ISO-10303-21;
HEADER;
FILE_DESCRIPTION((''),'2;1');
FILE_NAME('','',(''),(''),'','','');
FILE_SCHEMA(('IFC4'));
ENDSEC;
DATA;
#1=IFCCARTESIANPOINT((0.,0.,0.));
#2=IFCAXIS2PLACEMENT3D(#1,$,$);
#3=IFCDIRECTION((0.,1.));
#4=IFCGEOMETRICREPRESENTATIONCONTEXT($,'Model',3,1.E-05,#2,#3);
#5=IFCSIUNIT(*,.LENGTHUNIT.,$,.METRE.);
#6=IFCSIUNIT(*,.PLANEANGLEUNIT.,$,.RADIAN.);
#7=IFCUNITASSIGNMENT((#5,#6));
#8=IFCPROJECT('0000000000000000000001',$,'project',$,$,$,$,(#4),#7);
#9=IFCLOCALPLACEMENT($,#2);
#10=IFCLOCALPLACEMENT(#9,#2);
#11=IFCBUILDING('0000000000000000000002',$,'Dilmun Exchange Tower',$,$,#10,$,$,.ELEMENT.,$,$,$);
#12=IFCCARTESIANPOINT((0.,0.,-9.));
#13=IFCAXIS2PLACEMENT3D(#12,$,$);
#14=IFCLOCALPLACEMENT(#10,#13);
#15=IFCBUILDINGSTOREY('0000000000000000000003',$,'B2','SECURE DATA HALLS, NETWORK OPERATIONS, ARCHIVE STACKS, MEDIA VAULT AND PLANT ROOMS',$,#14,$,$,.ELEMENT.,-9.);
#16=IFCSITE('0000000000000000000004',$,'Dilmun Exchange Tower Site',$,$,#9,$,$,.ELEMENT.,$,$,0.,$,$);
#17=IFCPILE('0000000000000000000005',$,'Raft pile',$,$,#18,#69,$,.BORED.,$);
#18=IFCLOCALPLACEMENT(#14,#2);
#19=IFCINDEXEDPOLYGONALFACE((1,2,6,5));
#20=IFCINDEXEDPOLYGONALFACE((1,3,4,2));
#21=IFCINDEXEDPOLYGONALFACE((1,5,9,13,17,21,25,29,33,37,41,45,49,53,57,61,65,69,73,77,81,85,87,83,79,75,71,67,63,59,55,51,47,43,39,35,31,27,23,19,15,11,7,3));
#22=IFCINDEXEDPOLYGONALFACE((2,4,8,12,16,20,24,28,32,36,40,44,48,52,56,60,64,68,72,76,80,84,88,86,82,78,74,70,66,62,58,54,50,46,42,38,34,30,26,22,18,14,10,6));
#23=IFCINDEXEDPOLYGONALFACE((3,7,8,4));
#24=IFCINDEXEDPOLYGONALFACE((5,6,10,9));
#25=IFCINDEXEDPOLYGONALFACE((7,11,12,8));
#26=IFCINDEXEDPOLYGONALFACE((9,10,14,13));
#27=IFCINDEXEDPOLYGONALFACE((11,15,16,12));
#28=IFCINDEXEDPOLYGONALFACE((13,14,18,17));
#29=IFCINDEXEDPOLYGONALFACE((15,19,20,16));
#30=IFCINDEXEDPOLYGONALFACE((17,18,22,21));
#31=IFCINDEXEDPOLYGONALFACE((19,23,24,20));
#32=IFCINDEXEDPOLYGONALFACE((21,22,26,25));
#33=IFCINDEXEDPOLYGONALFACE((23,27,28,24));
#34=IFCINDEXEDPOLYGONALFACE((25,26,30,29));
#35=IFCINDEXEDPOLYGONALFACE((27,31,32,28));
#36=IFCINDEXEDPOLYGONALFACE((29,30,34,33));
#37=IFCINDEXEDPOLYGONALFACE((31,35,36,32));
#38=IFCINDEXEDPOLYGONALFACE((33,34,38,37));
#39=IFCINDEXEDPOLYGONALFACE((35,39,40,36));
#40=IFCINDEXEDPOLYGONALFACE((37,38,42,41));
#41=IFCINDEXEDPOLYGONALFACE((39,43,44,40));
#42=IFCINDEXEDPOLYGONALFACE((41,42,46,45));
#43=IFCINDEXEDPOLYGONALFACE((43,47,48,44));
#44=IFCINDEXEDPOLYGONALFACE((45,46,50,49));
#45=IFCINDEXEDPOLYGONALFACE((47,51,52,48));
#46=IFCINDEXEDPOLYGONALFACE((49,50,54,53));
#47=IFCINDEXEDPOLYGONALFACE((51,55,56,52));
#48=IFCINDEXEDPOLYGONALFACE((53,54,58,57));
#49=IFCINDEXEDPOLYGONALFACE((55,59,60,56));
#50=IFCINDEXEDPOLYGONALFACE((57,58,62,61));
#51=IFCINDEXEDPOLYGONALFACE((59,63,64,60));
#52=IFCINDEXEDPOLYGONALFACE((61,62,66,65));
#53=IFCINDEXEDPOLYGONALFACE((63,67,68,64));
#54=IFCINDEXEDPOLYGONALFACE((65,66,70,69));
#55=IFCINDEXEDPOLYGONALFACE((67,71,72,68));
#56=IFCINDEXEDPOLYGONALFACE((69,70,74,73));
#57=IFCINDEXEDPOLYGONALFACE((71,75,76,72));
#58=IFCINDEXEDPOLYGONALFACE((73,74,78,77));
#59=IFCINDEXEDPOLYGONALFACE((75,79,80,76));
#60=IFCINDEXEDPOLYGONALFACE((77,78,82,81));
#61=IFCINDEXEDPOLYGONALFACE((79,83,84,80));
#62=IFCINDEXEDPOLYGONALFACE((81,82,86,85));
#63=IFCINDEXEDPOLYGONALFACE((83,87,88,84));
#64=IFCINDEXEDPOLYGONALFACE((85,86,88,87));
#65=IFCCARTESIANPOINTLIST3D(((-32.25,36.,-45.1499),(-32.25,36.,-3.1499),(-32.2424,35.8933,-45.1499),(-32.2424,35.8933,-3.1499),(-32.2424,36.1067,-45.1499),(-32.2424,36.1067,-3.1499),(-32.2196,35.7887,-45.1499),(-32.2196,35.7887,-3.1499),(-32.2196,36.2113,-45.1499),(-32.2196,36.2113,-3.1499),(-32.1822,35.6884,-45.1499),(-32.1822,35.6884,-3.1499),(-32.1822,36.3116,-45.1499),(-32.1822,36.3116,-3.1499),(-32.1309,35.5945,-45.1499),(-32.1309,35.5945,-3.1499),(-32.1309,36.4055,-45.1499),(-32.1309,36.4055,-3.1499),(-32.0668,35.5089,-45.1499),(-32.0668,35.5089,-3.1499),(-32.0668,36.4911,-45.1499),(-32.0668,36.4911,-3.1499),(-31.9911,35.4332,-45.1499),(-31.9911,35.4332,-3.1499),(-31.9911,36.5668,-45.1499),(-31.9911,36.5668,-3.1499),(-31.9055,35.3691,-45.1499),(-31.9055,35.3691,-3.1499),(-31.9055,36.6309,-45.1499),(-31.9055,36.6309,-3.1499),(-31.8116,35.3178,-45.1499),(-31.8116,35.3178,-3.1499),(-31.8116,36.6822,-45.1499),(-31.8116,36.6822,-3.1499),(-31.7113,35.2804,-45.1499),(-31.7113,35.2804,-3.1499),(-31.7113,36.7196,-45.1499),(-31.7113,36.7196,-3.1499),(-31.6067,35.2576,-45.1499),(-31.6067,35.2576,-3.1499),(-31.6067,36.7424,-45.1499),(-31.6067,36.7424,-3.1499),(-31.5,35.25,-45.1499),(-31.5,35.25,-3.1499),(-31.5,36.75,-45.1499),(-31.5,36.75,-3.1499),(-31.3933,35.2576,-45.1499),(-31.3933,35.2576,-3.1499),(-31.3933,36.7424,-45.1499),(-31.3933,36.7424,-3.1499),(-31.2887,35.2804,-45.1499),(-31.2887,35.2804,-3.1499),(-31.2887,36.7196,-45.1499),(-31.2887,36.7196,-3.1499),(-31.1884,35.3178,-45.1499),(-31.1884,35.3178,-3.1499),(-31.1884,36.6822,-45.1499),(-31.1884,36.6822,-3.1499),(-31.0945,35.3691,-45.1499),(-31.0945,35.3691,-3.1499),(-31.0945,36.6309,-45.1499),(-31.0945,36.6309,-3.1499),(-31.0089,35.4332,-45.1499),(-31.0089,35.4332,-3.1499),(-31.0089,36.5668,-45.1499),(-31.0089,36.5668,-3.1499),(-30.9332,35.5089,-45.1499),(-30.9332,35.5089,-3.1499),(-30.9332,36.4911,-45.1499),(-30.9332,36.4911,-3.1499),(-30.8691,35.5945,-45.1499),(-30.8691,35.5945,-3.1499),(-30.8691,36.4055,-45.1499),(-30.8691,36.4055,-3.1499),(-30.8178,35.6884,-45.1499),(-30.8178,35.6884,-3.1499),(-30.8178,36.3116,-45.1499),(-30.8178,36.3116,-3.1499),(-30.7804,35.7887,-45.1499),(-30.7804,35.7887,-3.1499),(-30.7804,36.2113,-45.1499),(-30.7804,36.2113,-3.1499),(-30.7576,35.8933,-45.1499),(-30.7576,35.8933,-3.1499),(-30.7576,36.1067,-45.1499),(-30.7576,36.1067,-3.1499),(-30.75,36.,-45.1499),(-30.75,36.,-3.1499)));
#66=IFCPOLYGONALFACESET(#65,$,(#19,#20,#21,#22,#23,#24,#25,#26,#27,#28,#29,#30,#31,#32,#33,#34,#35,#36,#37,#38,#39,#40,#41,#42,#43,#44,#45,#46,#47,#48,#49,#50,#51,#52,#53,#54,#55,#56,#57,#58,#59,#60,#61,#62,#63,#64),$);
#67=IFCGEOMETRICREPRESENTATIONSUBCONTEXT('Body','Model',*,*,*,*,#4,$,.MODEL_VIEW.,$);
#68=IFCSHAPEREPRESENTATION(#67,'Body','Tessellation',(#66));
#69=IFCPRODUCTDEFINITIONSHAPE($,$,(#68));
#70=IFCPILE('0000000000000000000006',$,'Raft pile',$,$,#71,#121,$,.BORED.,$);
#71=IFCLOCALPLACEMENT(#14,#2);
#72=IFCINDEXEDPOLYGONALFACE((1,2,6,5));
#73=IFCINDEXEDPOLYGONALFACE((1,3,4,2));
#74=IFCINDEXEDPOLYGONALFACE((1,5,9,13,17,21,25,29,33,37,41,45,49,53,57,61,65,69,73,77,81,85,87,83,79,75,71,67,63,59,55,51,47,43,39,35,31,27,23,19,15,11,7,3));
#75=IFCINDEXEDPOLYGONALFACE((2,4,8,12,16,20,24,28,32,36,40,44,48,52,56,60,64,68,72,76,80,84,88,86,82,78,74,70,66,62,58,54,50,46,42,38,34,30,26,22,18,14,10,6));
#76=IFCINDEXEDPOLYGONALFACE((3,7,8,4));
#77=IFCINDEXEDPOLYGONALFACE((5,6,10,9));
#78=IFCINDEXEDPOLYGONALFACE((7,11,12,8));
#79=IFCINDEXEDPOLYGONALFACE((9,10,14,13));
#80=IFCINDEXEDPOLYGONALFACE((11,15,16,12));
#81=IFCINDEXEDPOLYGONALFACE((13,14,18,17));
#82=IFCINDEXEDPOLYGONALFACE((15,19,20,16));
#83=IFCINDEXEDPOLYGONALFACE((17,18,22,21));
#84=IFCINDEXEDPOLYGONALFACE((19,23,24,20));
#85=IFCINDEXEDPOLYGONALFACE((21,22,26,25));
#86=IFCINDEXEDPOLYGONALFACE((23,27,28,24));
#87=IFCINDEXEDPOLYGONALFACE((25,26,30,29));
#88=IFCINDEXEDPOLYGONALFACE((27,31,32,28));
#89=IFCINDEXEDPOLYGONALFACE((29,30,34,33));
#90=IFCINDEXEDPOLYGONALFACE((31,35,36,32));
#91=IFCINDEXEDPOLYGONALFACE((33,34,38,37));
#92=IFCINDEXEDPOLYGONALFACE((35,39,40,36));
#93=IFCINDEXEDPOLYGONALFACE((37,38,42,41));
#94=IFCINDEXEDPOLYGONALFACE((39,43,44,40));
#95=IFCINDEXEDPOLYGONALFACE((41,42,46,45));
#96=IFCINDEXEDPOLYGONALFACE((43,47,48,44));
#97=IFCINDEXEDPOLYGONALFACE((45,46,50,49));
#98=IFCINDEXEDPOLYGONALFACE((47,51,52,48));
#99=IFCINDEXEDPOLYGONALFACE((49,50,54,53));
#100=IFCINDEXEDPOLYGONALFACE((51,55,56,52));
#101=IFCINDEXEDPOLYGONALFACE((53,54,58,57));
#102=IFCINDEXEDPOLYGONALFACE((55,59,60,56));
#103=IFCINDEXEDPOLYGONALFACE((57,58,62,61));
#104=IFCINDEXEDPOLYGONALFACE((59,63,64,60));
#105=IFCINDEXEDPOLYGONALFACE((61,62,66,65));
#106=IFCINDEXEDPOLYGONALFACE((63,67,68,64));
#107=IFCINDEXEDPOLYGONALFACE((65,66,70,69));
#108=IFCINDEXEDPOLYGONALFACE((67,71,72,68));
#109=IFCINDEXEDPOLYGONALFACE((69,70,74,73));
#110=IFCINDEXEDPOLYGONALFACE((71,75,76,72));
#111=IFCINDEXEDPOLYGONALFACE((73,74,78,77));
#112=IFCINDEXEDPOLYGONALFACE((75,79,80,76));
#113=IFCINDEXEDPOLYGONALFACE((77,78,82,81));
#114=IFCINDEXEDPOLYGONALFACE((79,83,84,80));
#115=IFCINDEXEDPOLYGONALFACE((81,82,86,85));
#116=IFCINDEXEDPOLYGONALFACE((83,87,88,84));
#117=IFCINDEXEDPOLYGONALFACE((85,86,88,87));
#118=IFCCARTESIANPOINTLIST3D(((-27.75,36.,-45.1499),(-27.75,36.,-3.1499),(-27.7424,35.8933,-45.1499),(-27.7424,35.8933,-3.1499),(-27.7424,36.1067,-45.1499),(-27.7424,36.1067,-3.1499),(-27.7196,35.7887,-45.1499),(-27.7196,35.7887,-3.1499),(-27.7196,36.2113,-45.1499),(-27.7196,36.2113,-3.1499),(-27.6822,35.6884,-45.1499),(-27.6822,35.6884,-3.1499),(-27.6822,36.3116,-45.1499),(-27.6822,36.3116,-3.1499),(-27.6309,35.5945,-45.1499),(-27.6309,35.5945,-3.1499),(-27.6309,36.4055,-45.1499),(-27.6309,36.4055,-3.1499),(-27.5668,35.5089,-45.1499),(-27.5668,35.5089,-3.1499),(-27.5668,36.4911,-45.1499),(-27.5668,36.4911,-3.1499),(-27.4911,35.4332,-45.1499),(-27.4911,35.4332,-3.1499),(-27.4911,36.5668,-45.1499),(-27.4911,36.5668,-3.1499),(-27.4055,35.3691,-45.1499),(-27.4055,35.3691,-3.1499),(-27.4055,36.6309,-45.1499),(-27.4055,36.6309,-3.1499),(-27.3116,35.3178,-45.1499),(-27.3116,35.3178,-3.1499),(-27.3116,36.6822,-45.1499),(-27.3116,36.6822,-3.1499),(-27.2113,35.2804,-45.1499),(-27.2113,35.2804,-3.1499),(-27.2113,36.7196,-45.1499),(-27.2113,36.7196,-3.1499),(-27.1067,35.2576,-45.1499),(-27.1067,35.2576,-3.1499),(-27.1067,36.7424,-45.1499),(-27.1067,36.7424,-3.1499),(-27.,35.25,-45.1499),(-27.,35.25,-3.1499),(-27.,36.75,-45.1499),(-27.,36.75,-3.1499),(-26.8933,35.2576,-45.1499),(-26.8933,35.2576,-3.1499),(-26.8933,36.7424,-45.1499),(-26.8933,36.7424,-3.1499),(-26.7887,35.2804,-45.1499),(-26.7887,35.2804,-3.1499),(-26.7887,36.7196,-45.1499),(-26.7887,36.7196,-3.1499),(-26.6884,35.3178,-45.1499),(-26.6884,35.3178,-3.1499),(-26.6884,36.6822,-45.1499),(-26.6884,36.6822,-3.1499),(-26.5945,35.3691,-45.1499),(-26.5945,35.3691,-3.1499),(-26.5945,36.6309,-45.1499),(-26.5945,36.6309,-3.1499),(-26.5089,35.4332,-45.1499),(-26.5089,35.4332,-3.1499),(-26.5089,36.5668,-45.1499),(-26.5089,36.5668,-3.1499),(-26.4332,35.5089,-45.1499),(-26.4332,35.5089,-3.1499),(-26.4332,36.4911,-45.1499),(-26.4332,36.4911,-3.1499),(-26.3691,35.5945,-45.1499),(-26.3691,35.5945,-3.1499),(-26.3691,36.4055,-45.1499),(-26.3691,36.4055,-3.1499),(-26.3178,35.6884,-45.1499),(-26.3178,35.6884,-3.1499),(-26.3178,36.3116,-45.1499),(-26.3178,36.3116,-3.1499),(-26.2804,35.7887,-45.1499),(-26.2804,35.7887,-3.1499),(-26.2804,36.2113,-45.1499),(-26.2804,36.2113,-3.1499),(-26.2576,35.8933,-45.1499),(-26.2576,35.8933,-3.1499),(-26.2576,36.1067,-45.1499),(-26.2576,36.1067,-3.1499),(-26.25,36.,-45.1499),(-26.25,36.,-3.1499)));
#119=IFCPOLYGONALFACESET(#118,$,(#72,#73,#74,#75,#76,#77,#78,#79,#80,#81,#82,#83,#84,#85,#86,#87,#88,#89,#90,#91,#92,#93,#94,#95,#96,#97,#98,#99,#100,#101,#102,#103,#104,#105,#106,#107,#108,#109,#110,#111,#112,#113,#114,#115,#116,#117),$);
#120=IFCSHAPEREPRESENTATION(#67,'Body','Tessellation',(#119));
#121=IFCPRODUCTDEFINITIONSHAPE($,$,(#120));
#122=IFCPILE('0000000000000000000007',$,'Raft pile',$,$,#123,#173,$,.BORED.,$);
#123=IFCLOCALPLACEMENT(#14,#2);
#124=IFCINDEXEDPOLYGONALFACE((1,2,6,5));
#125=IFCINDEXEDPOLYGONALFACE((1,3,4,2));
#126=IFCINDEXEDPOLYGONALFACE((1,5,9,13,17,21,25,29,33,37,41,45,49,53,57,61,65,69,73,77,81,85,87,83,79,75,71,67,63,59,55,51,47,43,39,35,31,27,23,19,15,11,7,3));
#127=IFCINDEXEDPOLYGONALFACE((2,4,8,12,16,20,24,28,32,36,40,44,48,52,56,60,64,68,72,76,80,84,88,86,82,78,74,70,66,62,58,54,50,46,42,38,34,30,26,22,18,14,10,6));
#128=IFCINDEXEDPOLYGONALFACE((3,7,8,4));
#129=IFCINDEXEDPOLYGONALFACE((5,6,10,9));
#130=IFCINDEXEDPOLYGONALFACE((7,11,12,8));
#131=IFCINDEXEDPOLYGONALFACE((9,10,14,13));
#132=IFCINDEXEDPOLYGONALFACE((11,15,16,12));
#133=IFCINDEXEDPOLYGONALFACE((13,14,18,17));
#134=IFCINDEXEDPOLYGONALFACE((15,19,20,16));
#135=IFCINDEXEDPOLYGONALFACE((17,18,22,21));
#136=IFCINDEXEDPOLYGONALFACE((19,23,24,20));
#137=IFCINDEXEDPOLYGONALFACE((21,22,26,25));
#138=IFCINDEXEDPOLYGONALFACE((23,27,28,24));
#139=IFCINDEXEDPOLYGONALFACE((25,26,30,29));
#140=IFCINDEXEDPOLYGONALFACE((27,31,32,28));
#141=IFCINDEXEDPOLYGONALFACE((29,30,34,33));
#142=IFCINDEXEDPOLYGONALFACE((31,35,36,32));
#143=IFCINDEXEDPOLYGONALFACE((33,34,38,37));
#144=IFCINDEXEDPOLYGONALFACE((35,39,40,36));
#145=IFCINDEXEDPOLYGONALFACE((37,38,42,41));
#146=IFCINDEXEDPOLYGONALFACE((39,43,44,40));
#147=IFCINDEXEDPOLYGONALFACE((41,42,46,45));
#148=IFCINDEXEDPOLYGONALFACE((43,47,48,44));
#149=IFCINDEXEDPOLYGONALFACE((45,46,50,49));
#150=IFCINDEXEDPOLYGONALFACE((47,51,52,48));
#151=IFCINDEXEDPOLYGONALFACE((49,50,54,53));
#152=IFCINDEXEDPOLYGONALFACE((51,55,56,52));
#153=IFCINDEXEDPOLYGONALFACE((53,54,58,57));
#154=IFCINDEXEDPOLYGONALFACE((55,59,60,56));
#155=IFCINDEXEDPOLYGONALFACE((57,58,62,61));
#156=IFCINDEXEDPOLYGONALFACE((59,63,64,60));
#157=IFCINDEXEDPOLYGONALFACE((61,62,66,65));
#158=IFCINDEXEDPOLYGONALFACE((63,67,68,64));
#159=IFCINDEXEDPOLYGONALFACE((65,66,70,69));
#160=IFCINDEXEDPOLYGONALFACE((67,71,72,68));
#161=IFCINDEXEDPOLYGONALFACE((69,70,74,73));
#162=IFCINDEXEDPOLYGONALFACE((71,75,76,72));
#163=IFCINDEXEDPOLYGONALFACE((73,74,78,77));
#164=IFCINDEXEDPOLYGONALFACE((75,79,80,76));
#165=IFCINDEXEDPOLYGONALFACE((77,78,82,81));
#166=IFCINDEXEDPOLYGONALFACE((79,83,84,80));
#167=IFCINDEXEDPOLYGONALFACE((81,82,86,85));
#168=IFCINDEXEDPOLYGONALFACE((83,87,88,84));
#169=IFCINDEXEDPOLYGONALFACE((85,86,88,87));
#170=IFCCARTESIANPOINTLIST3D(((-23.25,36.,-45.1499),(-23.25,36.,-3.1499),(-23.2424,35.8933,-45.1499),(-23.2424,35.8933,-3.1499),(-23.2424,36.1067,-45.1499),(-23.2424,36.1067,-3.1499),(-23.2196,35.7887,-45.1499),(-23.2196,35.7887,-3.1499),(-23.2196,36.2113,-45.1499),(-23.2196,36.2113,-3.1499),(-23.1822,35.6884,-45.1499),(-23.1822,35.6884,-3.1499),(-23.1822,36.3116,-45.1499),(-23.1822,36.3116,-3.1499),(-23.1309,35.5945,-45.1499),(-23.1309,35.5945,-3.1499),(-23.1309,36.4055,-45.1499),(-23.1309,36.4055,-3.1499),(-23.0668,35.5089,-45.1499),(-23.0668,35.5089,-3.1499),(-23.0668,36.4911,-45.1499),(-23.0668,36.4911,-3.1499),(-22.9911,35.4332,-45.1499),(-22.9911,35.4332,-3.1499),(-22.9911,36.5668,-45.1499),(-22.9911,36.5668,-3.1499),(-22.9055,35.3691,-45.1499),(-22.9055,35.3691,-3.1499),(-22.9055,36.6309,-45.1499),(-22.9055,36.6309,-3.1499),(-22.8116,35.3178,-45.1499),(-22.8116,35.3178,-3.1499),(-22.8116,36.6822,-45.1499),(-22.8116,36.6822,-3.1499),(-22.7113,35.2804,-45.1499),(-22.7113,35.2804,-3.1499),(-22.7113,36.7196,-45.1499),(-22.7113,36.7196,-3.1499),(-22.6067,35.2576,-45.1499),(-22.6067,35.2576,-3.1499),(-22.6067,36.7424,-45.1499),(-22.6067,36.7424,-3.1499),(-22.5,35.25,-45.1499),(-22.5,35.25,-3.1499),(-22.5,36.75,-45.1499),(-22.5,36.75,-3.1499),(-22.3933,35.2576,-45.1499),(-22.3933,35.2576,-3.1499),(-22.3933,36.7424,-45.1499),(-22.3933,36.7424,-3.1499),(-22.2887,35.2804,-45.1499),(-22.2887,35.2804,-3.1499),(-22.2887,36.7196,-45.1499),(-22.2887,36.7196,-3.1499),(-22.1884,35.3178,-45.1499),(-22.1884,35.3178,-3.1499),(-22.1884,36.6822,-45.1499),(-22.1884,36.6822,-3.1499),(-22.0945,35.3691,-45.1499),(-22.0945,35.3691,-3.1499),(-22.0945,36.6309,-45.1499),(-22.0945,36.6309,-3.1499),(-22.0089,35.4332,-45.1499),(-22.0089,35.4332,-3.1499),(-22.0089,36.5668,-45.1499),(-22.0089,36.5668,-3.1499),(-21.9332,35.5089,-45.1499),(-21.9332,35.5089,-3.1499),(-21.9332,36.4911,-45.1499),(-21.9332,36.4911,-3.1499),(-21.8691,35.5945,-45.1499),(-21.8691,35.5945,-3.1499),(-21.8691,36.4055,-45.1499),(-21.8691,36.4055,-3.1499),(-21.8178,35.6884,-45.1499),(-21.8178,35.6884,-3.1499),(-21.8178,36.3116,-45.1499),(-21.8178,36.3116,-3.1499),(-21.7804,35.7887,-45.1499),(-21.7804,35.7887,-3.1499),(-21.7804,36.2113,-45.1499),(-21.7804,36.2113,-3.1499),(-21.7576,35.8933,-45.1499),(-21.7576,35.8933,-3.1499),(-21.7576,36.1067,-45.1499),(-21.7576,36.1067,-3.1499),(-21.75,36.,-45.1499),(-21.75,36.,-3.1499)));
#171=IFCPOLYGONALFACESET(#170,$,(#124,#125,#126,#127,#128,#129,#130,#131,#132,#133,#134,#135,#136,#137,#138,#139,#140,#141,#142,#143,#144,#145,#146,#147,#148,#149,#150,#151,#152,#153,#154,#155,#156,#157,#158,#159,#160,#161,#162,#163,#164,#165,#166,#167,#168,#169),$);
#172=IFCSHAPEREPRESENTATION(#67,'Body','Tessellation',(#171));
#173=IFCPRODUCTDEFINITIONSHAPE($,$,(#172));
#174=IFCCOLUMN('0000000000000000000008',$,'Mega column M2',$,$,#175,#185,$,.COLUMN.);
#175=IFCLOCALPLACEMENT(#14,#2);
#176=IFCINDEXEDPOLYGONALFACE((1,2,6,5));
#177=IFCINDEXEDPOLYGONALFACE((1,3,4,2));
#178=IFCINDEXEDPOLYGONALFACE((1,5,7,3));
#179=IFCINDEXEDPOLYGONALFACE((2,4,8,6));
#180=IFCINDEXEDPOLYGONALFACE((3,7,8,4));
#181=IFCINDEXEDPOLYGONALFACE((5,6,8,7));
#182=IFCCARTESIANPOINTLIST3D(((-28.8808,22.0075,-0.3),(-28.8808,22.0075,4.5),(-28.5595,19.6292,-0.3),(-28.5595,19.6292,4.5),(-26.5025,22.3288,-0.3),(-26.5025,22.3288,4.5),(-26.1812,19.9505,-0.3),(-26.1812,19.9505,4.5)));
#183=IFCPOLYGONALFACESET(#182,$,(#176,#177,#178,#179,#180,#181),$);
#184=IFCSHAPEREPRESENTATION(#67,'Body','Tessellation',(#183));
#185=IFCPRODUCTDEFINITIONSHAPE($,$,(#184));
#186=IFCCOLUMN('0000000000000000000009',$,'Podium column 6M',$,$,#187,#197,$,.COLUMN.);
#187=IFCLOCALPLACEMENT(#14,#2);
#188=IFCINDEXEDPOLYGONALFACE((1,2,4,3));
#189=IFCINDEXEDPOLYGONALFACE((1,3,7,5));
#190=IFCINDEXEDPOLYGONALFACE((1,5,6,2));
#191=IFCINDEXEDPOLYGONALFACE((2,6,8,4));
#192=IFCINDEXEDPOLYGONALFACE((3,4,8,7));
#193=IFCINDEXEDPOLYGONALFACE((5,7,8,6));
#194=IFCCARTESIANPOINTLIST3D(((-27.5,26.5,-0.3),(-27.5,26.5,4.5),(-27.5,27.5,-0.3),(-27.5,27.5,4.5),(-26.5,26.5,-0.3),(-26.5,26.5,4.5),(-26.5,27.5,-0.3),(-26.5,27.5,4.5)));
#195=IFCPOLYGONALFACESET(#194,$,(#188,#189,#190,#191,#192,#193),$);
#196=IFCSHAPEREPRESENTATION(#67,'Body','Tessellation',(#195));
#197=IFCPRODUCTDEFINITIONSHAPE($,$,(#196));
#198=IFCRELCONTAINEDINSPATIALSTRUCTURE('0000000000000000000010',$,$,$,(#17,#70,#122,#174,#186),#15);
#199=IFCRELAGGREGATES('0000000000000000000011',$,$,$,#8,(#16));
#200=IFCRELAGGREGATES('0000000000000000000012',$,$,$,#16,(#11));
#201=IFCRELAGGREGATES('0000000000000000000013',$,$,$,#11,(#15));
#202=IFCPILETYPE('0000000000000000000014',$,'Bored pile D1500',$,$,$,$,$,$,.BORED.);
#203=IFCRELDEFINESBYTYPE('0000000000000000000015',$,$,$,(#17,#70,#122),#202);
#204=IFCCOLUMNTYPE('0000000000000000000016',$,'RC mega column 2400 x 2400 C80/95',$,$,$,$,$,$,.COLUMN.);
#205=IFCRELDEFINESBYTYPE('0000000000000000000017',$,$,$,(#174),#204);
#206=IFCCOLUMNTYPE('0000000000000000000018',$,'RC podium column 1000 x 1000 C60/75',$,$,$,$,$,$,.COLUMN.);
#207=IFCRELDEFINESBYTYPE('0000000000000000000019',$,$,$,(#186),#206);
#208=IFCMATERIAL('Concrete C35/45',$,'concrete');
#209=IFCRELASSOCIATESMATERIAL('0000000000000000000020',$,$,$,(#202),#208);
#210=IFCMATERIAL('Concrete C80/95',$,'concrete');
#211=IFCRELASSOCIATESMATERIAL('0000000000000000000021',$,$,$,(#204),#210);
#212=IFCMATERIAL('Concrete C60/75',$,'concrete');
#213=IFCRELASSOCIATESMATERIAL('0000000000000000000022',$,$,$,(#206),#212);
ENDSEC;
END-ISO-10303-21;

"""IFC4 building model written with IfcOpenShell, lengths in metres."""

from ifc_helpers import new_model, si_unit, direction, frame, origin, origin_2d, place, context, subcontext, project, spatial, rectangle, circle, extrude, material, material_profile, profile_set, type_object, element, save


model = new_model("IFC4")

# Units and contexts
model_context = context("Model", 3, precision=1e-05, world=origin(), true_north=direction((0.0, 1.0)))
body_context = subcontext(model_context, "Body", "Model", "MODEL_VIEW")
ifc_project = project(units=[si_unit("LENGTHUNIT", "METRE"), si_unit("PLANEANGLEUNIT", "RADIAN")], contexts=[model_context])

# Site, building, storey
site_placement = place(None, origin())
site = spatial("IfcSite", under=ifc_project, at=site_placement, Name="Dilmun Exchange Tower Site", CompositionType="ELEMENT", RefElevation=0.0)
building_placement = place(site_placement, origin())
building = spatial("IfcBuilding", under=site, at=building_placement, Name="Dilmun Exchange Tower", CompositionType="ELEMENT")
storey_placement = place(building_placement, frame((0.0, 0.0, -9.0)))
storey = spatial("IfcBuildingStorey", under=building, at=storey_placement, Name="B2", Description="SECURE DATA HALLS, NETWORK OPERATIONS, ARCHIVE STACKS, MEDIA VAULT AND PLANT ROOMS", CompositionType="ELEMENT", Elevation=-9.0)

# Piles
ifc_material_1 = material(Name="Concrete C35/45", Category="concrete")
ifc_material_profile_1 = material_profile(ifc_material_1, circle(Radius=0.75, at=origin_2d()), Name="D1500")
ifc_profile_set_1 = profile_set([ifc_material_profile_1], Name="Concrete C35/45")
pile_type = type_object("IfcPileType", Name="Bored pile D1500", PredefinedType="BORED", material=ifc_profile_set_1)
for number, where, z_axis, x_axis, name in (
    (1, (-31.5, 36.0, -3.1499), (0.0, 0.0, -1.0), (1.0, 0.0, 0.0), "Raft pile"),
    (2, (-27.0, 36.0, -3.1499), (0.0, 0.0, -1.0), (1.0, 0.0, 0.0), "Raft pile"),
    (3, (-22.5, 36.0, -3.1499), (0.0, 0.0, -1.0), (1.0, 0.0, 0.0), "Raft pile"),
):
    element("IfcPile", number, at=place(storey_placement, frame(where, z_axis=z_axis, x_axis=x_axis)), inside=storey, type_object=pile_type, Name=name, PredefinedType="BORED", context=body_context, shape_type="SweptSolid", body=[
        extrude(circle(Radius=0.75, at=origin_2d()), origin(), (0.0, 0.0, 1.0), 42.0),
    ])

# Columns
ifc_material_2 = material(Name="Concrete C80/95", Category="concrete")
ifc_material_profile_2 = material_profile(ifc_material_2, rectangle(XDim=2.3999, YDim=2.3999, at=origin_2d()), Name="2400 x 2400")
ifc_profile_set_2 = profile_set([ifc_material_profile_2], Name="Concrete C80/95")
column_type_1 = type_object("IfcColumnType", Name="RC mega column 2400 x 2400 C80/95", PredefinedType="COLUMN", material=ifc_profile_set_2)
column_1_placement = place(storey_placement, frame((-27.531, 20.979, -0.3), z_axis=(0.0, 0.0, 1.0), x_axis=(0.991001, 0.133853, 0.0)))
element("IfcColumn", 4, at=column_1_placement, inside=storey, type_object=column_type_1, Name="Mega column M2", PredefinedType="COLUMN", context=body_context, shape_type="SweptSolid", body=[
    extrude(rectangle(XDim=2.3999, YDim=2.3999, at=origin_2d()), origin(), (0.0, 0.0, 1.0), 4.8),
])
ifc_material_3 = material(Name="Concrete C60/75", Category="concrete")
ifc_material_profile_3 = material_profile(ifc_material_3, rectangle(XDim=1.0, YDim=1.0, at=origin_2d()), Name="1000 x 1000")
ifc_profile_set_3 = profile_set([ifc_material_profile_3], Name="Concrete C60/75")
column_type_2 = type_object("IfcColumnType", Name="RC podium column 1000 x 1000 C60/75", PredefinedType="COLUMN", material=ifc_profile_set_3)
column_2_placement = place(storey_placement, frame((-27.0, 27.0, -0.3), z_axis=(0.0, 0.0, 1.0), x_axis=(1.0, 0.0, 0.0)))
element("IfcColumn", 5, at=column_2_placement, inside=storey, type_object=column_type_2, Name="Podium column 6M", PredefinedType="COLUMN", context=body_context, shape_type="SweptSolid", body=[
    extrude(rectangle(XDim=1.0, YDim=1.0, at=origin_2d()), origin(), (0.0, 0.0, 1.0), 4.8),
])

save(model, "model.ifc")
